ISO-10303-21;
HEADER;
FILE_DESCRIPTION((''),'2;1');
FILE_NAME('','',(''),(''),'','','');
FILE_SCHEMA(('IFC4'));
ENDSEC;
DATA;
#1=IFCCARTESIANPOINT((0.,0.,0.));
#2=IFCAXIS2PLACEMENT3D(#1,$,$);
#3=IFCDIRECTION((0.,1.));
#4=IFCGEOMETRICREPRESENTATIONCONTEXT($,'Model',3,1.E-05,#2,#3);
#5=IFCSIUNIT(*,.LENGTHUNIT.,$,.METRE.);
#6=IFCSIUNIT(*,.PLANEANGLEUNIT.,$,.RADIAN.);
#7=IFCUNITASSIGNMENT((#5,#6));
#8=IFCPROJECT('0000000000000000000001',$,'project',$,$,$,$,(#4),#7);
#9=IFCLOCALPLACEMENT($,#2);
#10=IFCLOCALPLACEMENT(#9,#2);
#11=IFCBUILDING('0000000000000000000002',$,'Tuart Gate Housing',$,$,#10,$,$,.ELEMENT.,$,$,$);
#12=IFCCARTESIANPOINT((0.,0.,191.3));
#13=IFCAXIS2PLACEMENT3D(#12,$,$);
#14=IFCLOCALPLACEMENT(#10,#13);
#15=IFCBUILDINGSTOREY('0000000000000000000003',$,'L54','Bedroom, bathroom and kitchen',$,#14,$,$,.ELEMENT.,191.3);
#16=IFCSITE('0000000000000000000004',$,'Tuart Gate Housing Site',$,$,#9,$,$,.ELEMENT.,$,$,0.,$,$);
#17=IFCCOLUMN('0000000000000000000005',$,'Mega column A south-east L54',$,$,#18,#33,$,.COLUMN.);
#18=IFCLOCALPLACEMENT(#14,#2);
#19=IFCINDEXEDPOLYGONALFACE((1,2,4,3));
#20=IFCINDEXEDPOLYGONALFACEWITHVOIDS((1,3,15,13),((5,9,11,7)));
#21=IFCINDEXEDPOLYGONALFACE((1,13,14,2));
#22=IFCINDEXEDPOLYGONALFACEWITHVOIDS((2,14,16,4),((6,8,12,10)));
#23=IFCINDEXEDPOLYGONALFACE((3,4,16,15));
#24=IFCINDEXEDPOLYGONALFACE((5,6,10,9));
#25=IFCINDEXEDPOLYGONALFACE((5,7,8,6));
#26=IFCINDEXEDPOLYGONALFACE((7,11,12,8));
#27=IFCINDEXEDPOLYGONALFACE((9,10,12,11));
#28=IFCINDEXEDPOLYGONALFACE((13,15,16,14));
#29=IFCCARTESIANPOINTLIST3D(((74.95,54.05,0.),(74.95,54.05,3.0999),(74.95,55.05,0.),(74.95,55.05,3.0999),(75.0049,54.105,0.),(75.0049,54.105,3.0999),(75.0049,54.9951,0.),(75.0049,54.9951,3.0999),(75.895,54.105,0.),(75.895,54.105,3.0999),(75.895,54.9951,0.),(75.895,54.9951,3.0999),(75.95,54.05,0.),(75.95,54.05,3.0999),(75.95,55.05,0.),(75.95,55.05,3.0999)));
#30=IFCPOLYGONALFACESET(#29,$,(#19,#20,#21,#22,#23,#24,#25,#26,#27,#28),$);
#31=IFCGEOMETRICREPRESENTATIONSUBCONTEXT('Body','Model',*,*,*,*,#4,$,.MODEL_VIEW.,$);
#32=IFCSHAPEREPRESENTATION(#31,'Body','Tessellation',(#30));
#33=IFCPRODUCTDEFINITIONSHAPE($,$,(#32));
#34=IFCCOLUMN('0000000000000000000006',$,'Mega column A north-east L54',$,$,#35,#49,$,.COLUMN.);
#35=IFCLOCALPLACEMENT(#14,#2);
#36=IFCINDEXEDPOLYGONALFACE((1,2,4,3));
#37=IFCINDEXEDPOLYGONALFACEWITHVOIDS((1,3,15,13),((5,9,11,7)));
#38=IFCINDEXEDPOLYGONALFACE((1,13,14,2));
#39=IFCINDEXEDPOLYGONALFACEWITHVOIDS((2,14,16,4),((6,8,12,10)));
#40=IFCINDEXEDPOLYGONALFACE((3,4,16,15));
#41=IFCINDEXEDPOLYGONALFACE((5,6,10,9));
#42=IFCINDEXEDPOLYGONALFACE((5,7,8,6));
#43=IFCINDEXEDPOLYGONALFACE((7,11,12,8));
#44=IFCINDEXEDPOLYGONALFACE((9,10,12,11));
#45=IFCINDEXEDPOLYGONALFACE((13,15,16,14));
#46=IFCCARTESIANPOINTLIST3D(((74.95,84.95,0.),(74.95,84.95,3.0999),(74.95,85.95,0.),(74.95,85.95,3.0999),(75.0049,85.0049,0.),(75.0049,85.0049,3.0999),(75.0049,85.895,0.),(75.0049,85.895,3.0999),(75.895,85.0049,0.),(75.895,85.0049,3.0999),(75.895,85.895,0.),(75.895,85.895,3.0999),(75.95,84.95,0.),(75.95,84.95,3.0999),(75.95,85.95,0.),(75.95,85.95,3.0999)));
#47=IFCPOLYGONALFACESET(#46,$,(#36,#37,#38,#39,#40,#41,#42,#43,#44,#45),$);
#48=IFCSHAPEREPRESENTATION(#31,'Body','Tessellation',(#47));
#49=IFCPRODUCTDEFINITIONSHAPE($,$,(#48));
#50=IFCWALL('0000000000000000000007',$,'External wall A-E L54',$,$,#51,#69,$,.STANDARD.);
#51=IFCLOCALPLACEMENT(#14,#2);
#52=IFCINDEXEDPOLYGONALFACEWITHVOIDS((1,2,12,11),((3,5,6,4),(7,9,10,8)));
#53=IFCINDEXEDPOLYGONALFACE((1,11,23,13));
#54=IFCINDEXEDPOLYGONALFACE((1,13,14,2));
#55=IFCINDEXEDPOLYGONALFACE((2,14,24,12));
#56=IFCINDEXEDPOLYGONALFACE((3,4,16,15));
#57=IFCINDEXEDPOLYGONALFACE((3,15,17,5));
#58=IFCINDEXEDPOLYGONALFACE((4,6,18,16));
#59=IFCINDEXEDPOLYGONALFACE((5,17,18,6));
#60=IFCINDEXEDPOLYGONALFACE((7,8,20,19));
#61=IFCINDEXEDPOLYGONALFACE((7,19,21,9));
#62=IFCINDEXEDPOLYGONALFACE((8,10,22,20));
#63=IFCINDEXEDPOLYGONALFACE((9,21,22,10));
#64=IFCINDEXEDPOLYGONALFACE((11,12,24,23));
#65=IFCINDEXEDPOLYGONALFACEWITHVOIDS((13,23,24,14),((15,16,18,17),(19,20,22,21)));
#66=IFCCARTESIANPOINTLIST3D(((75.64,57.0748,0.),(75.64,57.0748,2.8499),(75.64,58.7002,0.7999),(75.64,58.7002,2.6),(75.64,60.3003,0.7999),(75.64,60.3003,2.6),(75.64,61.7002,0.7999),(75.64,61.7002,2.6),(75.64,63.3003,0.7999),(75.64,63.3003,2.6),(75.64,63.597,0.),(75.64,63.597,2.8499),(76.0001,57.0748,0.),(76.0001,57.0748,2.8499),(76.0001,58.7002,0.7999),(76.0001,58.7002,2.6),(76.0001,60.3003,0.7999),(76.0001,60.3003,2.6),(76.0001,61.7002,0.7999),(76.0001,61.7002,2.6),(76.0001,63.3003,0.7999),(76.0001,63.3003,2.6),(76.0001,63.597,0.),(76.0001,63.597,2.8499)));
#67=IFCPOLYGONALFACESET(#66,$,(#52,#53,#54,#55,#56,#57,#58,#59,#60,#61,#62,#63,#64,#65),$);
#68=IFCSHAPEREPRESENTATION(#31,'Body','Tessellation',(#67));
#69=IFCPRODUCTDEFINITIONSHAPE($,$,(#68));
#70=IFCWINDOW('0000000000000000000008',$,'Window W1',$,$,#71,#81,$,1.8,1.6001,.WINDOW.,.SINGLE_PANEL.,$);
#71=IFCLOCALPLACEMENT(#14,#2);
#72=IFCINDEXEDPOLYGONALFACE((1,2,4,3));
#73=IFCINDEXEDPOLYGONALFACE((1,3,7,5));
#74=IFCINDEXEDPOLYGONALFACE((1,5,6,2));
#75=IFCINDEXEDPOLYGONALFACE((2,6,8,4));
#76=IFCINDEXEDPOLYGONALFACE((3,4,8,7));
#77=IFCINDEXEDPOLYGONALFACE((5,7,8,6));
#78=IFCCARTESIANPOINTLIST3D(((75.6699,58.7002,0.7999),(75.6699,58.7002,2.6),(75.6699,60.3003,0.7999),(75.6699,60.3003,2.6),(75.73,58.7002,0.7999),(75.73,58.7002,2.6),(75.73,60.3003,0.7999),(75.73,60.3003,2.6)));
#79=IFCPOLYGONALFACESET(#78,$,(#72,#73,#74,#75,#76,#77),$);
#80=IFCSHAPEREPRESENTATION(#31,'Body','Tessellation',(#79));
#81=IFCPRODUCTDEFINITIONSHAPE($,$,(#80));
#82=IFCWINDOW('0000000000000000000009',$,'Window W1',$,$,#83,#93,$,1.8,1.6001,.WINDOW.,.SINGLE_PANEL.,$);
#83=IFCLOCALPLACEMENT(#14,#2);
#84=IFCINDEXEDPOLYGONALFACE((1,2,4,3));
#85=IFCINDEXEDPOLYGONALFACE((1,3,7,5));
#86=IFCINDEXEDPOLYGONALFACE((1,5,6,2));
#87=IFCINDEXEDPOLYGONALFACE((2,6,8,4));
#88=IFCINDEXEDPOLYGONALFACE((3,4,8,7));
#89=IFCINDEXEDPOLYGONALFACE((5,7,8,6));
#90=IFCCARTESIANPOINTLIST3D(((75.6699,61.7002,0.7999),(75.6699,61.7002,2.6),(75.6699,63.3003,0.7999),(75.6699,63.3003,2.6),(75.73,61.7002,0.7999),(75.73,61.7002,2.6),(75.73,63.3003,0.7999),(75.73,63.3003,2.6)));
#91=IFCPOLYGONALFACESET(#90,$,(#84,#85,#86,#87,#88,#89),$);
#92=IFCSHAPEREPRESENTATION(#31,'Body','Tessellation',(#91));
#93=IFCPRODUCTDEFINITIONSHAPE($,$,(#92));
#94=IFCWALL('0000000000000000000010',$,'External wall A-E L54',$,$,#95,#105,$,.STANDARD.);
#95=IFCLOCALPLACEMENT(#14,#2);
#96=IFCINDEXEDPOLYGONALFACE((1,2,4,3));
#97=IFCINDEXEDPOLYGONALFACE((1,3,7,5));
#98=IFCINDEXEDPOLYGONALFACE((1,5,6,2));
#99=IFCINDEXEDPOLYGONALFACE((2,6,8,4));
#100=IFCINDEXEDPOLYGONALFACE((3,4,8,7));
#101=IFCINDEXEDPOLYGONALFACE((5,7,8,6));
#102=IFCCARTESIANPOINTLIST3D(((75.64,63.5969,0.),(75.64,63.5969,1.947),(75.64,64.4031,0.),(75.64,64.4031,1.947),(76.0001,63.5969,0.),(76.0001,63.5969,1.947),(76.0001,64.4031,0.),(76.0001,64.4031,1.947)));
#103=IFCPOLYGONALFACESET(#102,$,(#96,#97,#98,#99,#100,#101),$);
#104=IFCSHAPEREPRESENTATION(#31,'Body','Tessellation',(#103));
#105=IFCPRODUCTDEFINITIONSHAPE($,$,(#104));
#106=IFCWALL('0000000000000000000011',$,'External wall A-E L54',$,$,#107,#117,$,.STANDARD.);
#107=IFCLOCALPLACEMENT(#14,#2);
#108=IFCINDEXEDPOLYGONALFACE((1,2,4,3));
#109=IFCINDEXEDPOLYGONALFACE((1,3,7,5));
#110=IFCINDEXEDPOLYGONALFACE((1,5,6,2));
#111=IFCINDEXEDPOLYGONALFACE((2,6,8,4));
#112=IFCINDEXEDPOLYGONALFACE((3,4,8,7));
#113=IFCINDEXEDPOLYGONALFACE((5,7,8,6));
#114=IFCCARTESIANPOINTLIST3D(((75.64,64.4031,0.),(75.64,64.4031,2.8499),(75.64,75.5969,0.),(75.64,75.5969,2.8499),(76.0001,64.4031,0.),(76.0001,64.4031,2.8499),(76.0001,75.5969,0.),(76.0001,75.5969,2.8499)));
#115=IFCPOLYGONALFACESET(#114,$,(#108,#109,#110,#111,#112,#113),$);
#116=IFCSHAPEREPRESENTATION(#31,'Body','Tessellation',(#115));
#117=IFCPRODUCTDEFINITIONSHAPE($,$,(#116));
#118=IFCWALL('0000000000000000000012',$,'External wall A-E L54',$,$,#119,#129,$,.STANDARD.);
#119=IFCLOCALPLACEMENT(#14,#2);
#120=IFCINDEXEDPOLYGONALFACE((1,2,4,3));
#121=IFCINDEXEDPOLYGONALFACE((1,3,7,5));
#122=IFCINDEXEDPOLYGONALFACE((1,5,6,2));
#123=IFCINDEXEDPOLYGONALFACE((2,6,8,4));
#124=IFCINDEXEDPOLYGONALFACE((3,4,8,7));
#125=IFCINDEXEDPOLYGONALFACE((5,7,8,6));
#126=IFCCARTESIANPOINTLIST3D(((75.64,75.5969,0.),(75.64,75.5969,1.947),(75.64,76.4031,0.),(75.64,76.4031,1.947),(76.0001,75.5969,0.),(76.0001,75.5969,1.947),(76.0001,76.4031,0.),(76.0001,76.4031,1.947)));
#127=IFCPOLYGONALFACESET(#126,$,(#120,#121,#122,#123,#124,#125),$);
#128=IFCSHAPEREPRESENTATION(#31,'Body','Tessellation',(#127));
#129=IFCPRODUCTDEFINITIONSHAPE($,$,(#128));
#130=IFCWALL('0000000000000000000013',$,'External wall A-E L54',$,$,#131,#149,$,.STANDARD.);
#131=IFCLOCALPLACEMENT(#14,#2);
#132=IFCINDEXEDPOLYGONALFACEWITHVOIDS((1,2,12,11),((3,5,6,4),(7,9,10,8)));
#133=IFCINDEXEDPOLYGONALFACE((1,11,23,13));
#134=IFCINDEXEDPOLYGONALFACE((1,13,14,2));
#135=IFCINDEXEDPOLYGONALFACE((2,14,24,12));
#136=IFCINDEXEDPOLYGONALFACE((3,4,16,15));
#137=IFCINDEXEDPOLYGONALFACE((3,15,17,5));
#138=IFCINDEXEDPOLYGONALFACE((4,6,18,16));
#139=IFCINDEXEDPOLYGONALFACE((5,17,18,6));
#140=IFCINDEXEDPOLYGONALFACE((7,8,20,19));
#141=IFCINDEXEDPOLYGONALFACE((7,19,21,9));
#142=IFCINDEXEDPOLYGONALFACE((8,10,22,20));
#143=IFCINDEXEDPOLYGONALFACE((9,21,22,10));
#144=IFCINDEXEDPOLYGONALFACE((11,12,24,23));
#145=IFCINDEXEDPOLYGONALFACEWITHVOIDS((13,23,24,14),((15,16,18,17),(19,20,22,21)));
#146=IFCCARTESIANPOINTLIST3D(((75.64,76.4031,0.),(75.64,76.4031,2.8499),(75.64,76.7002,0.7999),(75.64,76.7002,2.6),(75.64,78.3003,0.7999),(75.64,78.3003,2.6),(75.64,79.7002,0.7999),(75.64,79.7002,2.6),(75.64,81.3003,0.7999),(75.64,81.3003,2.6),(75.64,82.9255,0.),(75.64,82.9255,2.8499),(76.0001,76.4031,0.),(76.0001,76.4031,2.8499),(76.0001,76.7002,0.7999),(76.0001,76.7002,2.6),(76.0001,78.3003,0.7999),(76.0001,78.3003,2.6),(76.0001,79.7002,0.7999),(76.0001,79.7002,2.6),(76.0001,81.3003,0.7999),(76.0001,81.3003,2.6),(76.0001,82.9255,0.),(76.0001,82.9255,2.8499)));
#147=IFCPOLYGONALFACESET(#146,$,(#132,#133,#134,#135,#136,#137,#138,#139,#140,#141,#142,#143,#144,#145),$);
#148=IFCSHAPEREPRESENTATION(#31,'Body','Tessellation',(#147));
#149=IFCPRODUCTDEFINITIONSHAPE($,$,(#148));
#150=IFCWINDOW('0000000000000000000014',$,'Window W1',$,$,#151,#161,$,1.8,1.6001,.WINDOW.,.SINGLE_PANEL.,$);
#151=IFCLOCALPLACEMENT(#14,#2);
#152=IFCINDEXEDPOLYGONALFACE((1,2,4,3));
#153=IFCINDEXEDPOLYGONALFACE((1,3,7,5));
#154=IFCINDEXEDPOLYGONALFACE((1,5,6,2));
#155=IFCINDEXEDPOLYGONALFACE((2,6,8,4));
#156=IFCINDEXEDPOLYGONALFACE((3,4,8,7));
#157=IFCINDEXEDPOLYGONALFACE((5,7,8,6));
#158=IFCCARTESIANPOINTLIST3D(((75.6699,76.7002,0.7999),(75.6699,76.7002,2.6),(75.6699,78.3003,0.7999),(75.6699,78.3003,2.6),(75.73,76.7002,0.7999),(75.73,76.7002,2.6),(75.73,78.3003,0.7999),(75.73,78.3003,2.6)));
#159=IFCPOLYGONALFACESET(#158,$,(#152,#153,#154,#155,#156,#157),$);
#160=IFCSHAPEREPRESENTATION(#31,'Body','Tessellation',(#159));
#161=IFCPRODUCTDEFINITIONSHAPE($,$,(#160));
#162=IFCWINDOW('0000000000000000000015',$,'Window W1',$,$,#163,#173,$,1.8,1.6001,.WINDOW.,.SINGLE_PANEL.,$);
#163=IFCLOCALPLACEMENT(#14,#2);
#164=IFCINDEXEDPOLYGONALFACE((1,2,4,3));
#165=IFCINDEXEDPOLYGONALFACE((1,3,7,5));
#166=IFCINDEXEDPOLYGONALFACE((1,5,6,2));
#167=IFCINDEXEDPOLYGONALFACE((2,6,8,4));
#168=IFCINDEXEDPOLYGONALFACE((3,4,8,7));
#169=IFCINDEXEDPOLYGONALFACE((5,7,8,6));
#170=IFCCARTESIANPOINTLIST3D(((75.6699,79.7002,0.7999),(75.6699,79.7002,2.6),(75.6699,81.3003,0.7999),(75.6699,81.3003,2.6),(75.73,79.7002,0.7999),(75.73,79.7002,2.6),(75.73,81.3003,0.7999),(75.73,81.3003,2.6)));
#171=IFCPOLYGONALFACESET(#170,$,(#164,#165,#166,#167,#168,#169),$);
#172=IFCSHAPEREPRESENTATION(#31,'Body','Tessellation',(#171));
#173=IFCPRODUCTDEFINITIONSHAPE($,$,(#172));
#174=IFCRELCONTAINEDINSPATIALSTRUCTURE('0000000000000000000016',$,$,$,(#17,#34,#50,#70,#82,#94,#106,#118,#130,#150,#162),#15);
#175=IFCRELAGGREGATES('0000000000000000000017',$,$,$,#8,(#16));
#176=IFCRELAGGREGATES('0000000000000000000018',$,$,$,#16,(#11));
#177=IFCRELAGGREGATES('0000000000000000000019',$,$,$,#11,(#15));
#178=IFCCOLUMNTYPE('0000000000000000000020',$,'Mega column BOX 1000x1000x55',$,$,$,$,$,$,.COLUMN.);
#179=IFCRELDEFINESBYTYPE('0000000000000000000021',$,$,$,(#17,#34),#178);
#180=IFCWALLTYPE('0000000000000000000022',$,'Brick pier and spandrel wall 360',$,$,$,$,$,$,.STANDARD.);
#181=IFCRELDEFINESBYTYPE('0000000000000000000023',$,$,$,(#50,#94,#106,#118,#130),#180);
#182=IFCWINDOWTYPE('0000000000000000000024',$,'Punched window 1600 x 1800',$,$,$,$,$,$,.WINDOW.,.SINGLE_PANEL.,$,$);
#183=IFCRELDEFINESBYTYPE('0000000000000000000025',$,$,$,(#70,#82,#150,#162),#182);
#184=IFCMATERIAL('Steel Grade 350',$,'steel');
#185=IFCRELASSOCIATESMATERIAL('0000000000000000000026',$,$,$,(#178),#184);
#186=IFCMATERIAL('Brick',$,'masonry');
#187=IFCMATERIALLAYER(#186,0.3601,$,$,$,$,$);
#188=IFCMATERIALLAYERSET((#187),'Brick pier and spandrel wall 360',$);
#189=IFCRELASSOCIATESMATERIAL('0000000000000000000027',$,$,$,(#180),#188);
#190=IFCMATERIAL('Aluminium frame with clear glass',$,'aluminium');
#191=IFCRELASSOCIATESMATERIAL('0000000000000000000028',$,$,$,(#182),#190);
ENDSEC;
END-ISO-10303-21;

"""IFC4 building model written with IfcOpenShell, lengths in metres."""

from ifc_helpers import new_model, si_unit, direction, frame, frame_2d, origin, origin_2d, place, context, subcontext, project, spatial, rectangle, hollow_rectangle, extrude, material, layer, layer_set, material_profile, profile_set, type_object, element, fill, save


model = new_model("IFC4")

# Units and contexts
model_context = context("Model", 3, precision=1e-05, world=origin(), true_north=direction((0.0, 1.0)))
body_context = subcontext(model_context, "Body", "Model", "MODEL_VIEW")
ifc_project = project(units=[si_unit("LENGTHUNIT", "METRE"), si_unit("PLANEANGLEUNIT", "RADIAN")], contexts=[model_context])

# Site, building, storey
site_placement = place(None, origin())
site = spatial("IfcSite", under=ifc_project, at=site_placement, Name="Tuart Gate Housing Site", CompositionType="ELEMENT", RefElevation=0.0)
building_placement = place(site_placement, origin())
building = spatial("IfcBuilding", under=site, at=building_placement, Name="Tuart Gate Housing", CompositionType="ELEMENT")
storey_placement = place(building_placement, frame((0.0, 0.0, 191.3)))
storey = spatial("IfcBuildingStorey", under=building, at=storey_placement, Name="L54", Description="Bedroom, bathroom and kitchen", CompositionType="ELEMENT", Elevation=191.3)

# Columns
ifc_material_1 = material(Name="Steel Grade 350", Category="steel")
ifc_material_profile = material_profile(ifc_material_1, hollow_rectangle(XDim=1.0, YDim=1.0, WallThickness=0.0549, at=origin_2d()), Name="BOX 1000x1000x55")
ifc_profile_set = profile_set([ifc_material_profile], Name="Steel Grade 350")
column_type = type_object("IfcColumnType", Name="Mega column BOX 1000x1000x55", PredefinedType="COLUMN", material=ifc_profile_set)
for number, where, z_axis, x_axis, name in (
    (1, (75.45, 54.55, 0.0), (0.0, 0.0, 1.0), (1.0, 0.0, 0.0), "Mega column A south-east L54"),
    (2, (75.45, 85.45, 0.0), (0.0, 0.0, 1.0), (1.0, 0.0, 0.0), "Mega column A north-east L54"),
):
    element("IfcColumn", number, at=place(storey_placement, frame(where, z_axis=z_axis, x_axis=x_axis)), inside=storey, type_object=column_type, Name=name, PredefinedType="COLUMN", context=body_context, shape_type="SweptSolid", body=[
        extrude(hollow_rectangle(XDim=1.0, YDim=1.0, WallThickness=0.0549, at=origin_2d()), origin(), (0.0, 0.0, 1.0), 3.0999),
    ])

# Wall, openings, windows
ifc_material_2 = material(Name="Brick", Category="masonry")
ifc_layer = layer(ifc_material_2, 0.3601)
ifc_layer_set = layer_set([ifc_layer], Name="Brick pier and spandrel wall 360")
wall_type = type_object("IfcWallType", Name="Brick pier and spandrel wall 360", PredefinedType="STANDARD", material=ifc_layer_set)
wall_1_placement = place(storey_placement, frame((75.8201, 57.0747, 0.0), z_axis=(0.0, 0.0, 1.0), x_axis=(0.0, 1.0, 0.0)))
wall_1 = element("IfcWall", 3, at=wall_1_placement, inside=storey, type_object=wall_type, Name="External wall A-E L54", PredefinedType="STANDARD", context=body_context, shape_type="SweptSolid", body=[
    extrude(rectangle(XDim=6.5222, YDim=0.3601, at=frame_2d((3.2612, 0.0))), origin(), (0.0, 0.0, 1.0), 2.8499),
])
opening_1_placement = place(wall_1_placement, frame((1.6255, 0.0, 0.8)))
opening_1 = element("IfcOpeningElement", 4, at=opening_1_placement, cuts=wall_1, PredefinedType="OPENING", context=body_context, shape_type="SweptSolid", body=[
    extrude(rectangle(XDim=1.6001, YDim=1.8, at=frame_2d((0.8, 0.8999))), frame((0.0, 0.1899, 0.0), z_axis=(0.0, -1.0, 0.0), x_axis=(1.0, 0.0, 0.0)), (0.0, 0.0, 1.0), 0.3801),
])
opening_2_placement = place(wall_1_placement, frame((4.6255, 0.0, 0.8)))
opening_2 = element("IfcOpeningElement", 5, at=opening_2_placement, cuts=wall_1, PredefinedType="OPENING", context=body_context, shape_type="SweptSolid", body=[
    extrude(rectangle(XDim=1.6001, YDim=1.8, at=frame_2d((0.8, 0.8999))), frame((0.0, 0.1899, 0.0), z_axis=(0.0, -1.0, 0.0), x_axis=(1.0, 0.0, 0.0)), (0.0, 0.0, 1.0), 0.3801),
])
ifc_material_3 = material(Name="Aluminium frame with clear glass", Category="aluminium")
window_type = type_object("IfcWindowType", Name="Punched window 1600 x 1800", PartitioningType="SINGLE_PANEL", PredefinedType="WINDOW", material=ifc_material_3)
window_1_placement = place(opening_1_placement, origin())
window_1 = element("IfcWindow", 6, at=window_1_placement, inside=storey, type_object=window_type, Name="Window W1", OverallHeight=1.8, OverallWidth=1.6001, PartitioningType="SINGLE_PANEL", PredefinedType="WINDOW", context=body_context, shape_type="SweptSolid", body=[
    extrude(rectangle(XDim=1.6001, YDim=1.8, at=frame_2d((0.8, 0.8999))), frame((0.0, 0.1501, 0.0), z_axis=(0.0, -1.0, 0.0), x_axis=(1.0, 0.0, 0.0)), (0.0, 0.0, 1.0), 0.0601),
])
fill(opening_1, window_1)
window_2_placement = place(opening_2_placement, origin())
window_2 = element("IfcWindow", 7, at=window_2_placement, inside=storey, type_object=window_type, Name="Window W1", OverallHeight=1.8, OverallWidth=1.6001, PartitioningType="SINGLE_PANEL", PredefinedType="WINDOW", context=body_context, shape_type="SweptSolid", body=[
    extrude(rectangle(XDim=1.6001, YDim=1.8, at=frame_2d((0.8, 0.8999))), frame((0.0, 0.1501, 0.0), z_axis=(0.0, -1.0, 0.0), x_axis=(1.0, 0.0, 0.0)), (0.0, 0.0, 1.0), 0.0601),
])
fill(opening_2, window_2)

# Walls
wall_2_placement = place(storey_placement, frame((75.8201, 63.5969, 0.0), z_axis=(0.0, 0.0, 1.0), x_axis=(0.0, 1.0, 0.0)))
element("IfcWall", 8, at=wall_2_placement, inside=storey, type_object=wall_type, Name="External wall A-E L54", PredefinedType="STANDARD", context=body_context, shape_type="SweptSolid", body=[
    extrude(rectangle(XDim=0.8062, YDim=0.3601, at=frame_2d((0.4031, 0.0))), origin(), (0.0, 0.0, 1.0), 1.947),
])
wall_3_placement = place(storey_placement, frame((75.8201, 64.4031, 0.0), z_axis=(0.0, 0.0, 1.0), x_axis=(0.0, 1.0, 0.0)))
element("IfcWall", 9, at=wall_3_placement, inside=storey, type_object=wall_type, Name="External wall A-E L54", PredefinedType="STANDARD", context=body_context, shape_type="SweptSolid", body=[
    extrude(rectangle(XDim=11.1938, YDim=0.3601, at=frame_2d((5.5969, 0.0))), origin(), (0.0, 0.0, 1.0), 2.8499),
])
wall_4_placement = place(storey_placement, frame((75.8201, 75.5969, 0.0), z_axis=(0.0, 0.0, 1.0), x_axis=(0.0, 1.0, 0.0)))
element("IfcWall", 10, at=wall_4_placement, inside=storey, type_object=wall_type, Name="External wall A-E L54", PredefinedType="STANDARD", context=body_context, shape_type="SweptSolid", body=[
    extrude(rectangle(XDim=0.8062, YDim=0.3601, at=frame_2d((0.4031, 0.0))), origin(), (0.0, 0.0, 1.0), 1.947),
])

# Wall, openings, windows
wall_5_placement = place(storey_placement, frame((75.8201, 76.4031, 0.0), z_axis=(0.0, 0.0, 1.0), x_axis=(0.0, 1.0, 0.0)))
wall_5 = element("IfcWall", 11, at=wall_5_placement, inside=storey, type_object=wall_type, Name="External wall A-E L54", PredefinedType="STANDARD", context=body_context, shape_type="SweptSolid", body=[
    extrude(rectangle(XDim=6.5225, YDim=0.3601, at=frame_2d((3.2612, 0.0))), origin(), (0.0, 0.0, 1.0), 2.8499),
])
opening_3_placement = place(wall_5_placement, frame((0.2971, 0.0, 0.8)))
opening_3 = element("IfcOpeningElement", 12, at=opening_3_placement, cuts=wall_5, PredefinedType="OPENING", context=body_context, shape_type="SweptSolid", body=[
    extrude(rectangle(XDim=1.6001, YDim=1.8, at=frame_2d((0.8, 0.8999))), frame((0.0, 0.1899, 0.0), z_axis=(0.0, -1.0, 0.0), x_axis=(1.0, 0.0, 0.0)), (0.0, 0.0, 1.0), 0.3801),
])
opening_4_placement = place(wall_5_placement, frame((3.2971, 0.0, 0.8)))
opening_4 = element("IfcOpeningElement", 13, at=opening_4_placement, cuts=wall_5, PredefinedType="OPENING", context=body_context, shape_type="SweptSolid", body=[
    extrude(rectangle(XDim=1.6001, YDim=1.8, at=frame_2d((0.8, 0.8999))), frame((0.0, 0.1899, 0.0), z_axis=(0.0, -1.0, 0.0), x_axis=(1.0, 0.0, 0.0)), (0.0, 0.0, 1.0), 0.3801),
])
window_3_placement = place(opening_3_placement, origin())
window_3 = element("IfcWindow", 14, at=window_3_placement, inside=storey, type_object=window_type, Name="Window W1", OverallHeight=1.8, OverallWidth=1.6001, PartitioningType="SINGLE_PANEL", PredefinedType="WINDOW", context=body_context, shape_type="SweptSolid", body=[
    extrude(rectangle(XDim=1.6001, YDim=1.8, at=frame_2d((0.8, 0.8999))), frame((0.0, 0.1501, 0.0), z_axis=(0.0, -1.0, 0.0), x_axis=(1.0, 0.0, 0.0)), (0.0, 0.0, 1.0), 0.0601),
])
fill(opening_3, window_3)
window_4_placement = place(opening_4_placement, origin())
window_4 = element("IfcWindow", 15, at=window_4_placement, inside=storey, type_object=window_type, Name="Window W1", OverallHeight=1.8, OverallWidth=1.6001, PartitioningType="SINGLE_PANEL", PredefinedType="WINDOW", context=body_context, shape_type="SweptSolid", body=[
    extrude(rectangle(XDim=1.6001, YDim=1.8, at=frame_2d((0.8, 0.8999))), frame((0.0, 0.1501, 0.0), z_axis=(0.0, -1.0, 0.0), x_axis=(1.0, 0.0, 0.0)), (0.0, 0.0, 1.0), 0.0601),
])
fill(opening_4, window_4)

save(model, "model.ifc")
